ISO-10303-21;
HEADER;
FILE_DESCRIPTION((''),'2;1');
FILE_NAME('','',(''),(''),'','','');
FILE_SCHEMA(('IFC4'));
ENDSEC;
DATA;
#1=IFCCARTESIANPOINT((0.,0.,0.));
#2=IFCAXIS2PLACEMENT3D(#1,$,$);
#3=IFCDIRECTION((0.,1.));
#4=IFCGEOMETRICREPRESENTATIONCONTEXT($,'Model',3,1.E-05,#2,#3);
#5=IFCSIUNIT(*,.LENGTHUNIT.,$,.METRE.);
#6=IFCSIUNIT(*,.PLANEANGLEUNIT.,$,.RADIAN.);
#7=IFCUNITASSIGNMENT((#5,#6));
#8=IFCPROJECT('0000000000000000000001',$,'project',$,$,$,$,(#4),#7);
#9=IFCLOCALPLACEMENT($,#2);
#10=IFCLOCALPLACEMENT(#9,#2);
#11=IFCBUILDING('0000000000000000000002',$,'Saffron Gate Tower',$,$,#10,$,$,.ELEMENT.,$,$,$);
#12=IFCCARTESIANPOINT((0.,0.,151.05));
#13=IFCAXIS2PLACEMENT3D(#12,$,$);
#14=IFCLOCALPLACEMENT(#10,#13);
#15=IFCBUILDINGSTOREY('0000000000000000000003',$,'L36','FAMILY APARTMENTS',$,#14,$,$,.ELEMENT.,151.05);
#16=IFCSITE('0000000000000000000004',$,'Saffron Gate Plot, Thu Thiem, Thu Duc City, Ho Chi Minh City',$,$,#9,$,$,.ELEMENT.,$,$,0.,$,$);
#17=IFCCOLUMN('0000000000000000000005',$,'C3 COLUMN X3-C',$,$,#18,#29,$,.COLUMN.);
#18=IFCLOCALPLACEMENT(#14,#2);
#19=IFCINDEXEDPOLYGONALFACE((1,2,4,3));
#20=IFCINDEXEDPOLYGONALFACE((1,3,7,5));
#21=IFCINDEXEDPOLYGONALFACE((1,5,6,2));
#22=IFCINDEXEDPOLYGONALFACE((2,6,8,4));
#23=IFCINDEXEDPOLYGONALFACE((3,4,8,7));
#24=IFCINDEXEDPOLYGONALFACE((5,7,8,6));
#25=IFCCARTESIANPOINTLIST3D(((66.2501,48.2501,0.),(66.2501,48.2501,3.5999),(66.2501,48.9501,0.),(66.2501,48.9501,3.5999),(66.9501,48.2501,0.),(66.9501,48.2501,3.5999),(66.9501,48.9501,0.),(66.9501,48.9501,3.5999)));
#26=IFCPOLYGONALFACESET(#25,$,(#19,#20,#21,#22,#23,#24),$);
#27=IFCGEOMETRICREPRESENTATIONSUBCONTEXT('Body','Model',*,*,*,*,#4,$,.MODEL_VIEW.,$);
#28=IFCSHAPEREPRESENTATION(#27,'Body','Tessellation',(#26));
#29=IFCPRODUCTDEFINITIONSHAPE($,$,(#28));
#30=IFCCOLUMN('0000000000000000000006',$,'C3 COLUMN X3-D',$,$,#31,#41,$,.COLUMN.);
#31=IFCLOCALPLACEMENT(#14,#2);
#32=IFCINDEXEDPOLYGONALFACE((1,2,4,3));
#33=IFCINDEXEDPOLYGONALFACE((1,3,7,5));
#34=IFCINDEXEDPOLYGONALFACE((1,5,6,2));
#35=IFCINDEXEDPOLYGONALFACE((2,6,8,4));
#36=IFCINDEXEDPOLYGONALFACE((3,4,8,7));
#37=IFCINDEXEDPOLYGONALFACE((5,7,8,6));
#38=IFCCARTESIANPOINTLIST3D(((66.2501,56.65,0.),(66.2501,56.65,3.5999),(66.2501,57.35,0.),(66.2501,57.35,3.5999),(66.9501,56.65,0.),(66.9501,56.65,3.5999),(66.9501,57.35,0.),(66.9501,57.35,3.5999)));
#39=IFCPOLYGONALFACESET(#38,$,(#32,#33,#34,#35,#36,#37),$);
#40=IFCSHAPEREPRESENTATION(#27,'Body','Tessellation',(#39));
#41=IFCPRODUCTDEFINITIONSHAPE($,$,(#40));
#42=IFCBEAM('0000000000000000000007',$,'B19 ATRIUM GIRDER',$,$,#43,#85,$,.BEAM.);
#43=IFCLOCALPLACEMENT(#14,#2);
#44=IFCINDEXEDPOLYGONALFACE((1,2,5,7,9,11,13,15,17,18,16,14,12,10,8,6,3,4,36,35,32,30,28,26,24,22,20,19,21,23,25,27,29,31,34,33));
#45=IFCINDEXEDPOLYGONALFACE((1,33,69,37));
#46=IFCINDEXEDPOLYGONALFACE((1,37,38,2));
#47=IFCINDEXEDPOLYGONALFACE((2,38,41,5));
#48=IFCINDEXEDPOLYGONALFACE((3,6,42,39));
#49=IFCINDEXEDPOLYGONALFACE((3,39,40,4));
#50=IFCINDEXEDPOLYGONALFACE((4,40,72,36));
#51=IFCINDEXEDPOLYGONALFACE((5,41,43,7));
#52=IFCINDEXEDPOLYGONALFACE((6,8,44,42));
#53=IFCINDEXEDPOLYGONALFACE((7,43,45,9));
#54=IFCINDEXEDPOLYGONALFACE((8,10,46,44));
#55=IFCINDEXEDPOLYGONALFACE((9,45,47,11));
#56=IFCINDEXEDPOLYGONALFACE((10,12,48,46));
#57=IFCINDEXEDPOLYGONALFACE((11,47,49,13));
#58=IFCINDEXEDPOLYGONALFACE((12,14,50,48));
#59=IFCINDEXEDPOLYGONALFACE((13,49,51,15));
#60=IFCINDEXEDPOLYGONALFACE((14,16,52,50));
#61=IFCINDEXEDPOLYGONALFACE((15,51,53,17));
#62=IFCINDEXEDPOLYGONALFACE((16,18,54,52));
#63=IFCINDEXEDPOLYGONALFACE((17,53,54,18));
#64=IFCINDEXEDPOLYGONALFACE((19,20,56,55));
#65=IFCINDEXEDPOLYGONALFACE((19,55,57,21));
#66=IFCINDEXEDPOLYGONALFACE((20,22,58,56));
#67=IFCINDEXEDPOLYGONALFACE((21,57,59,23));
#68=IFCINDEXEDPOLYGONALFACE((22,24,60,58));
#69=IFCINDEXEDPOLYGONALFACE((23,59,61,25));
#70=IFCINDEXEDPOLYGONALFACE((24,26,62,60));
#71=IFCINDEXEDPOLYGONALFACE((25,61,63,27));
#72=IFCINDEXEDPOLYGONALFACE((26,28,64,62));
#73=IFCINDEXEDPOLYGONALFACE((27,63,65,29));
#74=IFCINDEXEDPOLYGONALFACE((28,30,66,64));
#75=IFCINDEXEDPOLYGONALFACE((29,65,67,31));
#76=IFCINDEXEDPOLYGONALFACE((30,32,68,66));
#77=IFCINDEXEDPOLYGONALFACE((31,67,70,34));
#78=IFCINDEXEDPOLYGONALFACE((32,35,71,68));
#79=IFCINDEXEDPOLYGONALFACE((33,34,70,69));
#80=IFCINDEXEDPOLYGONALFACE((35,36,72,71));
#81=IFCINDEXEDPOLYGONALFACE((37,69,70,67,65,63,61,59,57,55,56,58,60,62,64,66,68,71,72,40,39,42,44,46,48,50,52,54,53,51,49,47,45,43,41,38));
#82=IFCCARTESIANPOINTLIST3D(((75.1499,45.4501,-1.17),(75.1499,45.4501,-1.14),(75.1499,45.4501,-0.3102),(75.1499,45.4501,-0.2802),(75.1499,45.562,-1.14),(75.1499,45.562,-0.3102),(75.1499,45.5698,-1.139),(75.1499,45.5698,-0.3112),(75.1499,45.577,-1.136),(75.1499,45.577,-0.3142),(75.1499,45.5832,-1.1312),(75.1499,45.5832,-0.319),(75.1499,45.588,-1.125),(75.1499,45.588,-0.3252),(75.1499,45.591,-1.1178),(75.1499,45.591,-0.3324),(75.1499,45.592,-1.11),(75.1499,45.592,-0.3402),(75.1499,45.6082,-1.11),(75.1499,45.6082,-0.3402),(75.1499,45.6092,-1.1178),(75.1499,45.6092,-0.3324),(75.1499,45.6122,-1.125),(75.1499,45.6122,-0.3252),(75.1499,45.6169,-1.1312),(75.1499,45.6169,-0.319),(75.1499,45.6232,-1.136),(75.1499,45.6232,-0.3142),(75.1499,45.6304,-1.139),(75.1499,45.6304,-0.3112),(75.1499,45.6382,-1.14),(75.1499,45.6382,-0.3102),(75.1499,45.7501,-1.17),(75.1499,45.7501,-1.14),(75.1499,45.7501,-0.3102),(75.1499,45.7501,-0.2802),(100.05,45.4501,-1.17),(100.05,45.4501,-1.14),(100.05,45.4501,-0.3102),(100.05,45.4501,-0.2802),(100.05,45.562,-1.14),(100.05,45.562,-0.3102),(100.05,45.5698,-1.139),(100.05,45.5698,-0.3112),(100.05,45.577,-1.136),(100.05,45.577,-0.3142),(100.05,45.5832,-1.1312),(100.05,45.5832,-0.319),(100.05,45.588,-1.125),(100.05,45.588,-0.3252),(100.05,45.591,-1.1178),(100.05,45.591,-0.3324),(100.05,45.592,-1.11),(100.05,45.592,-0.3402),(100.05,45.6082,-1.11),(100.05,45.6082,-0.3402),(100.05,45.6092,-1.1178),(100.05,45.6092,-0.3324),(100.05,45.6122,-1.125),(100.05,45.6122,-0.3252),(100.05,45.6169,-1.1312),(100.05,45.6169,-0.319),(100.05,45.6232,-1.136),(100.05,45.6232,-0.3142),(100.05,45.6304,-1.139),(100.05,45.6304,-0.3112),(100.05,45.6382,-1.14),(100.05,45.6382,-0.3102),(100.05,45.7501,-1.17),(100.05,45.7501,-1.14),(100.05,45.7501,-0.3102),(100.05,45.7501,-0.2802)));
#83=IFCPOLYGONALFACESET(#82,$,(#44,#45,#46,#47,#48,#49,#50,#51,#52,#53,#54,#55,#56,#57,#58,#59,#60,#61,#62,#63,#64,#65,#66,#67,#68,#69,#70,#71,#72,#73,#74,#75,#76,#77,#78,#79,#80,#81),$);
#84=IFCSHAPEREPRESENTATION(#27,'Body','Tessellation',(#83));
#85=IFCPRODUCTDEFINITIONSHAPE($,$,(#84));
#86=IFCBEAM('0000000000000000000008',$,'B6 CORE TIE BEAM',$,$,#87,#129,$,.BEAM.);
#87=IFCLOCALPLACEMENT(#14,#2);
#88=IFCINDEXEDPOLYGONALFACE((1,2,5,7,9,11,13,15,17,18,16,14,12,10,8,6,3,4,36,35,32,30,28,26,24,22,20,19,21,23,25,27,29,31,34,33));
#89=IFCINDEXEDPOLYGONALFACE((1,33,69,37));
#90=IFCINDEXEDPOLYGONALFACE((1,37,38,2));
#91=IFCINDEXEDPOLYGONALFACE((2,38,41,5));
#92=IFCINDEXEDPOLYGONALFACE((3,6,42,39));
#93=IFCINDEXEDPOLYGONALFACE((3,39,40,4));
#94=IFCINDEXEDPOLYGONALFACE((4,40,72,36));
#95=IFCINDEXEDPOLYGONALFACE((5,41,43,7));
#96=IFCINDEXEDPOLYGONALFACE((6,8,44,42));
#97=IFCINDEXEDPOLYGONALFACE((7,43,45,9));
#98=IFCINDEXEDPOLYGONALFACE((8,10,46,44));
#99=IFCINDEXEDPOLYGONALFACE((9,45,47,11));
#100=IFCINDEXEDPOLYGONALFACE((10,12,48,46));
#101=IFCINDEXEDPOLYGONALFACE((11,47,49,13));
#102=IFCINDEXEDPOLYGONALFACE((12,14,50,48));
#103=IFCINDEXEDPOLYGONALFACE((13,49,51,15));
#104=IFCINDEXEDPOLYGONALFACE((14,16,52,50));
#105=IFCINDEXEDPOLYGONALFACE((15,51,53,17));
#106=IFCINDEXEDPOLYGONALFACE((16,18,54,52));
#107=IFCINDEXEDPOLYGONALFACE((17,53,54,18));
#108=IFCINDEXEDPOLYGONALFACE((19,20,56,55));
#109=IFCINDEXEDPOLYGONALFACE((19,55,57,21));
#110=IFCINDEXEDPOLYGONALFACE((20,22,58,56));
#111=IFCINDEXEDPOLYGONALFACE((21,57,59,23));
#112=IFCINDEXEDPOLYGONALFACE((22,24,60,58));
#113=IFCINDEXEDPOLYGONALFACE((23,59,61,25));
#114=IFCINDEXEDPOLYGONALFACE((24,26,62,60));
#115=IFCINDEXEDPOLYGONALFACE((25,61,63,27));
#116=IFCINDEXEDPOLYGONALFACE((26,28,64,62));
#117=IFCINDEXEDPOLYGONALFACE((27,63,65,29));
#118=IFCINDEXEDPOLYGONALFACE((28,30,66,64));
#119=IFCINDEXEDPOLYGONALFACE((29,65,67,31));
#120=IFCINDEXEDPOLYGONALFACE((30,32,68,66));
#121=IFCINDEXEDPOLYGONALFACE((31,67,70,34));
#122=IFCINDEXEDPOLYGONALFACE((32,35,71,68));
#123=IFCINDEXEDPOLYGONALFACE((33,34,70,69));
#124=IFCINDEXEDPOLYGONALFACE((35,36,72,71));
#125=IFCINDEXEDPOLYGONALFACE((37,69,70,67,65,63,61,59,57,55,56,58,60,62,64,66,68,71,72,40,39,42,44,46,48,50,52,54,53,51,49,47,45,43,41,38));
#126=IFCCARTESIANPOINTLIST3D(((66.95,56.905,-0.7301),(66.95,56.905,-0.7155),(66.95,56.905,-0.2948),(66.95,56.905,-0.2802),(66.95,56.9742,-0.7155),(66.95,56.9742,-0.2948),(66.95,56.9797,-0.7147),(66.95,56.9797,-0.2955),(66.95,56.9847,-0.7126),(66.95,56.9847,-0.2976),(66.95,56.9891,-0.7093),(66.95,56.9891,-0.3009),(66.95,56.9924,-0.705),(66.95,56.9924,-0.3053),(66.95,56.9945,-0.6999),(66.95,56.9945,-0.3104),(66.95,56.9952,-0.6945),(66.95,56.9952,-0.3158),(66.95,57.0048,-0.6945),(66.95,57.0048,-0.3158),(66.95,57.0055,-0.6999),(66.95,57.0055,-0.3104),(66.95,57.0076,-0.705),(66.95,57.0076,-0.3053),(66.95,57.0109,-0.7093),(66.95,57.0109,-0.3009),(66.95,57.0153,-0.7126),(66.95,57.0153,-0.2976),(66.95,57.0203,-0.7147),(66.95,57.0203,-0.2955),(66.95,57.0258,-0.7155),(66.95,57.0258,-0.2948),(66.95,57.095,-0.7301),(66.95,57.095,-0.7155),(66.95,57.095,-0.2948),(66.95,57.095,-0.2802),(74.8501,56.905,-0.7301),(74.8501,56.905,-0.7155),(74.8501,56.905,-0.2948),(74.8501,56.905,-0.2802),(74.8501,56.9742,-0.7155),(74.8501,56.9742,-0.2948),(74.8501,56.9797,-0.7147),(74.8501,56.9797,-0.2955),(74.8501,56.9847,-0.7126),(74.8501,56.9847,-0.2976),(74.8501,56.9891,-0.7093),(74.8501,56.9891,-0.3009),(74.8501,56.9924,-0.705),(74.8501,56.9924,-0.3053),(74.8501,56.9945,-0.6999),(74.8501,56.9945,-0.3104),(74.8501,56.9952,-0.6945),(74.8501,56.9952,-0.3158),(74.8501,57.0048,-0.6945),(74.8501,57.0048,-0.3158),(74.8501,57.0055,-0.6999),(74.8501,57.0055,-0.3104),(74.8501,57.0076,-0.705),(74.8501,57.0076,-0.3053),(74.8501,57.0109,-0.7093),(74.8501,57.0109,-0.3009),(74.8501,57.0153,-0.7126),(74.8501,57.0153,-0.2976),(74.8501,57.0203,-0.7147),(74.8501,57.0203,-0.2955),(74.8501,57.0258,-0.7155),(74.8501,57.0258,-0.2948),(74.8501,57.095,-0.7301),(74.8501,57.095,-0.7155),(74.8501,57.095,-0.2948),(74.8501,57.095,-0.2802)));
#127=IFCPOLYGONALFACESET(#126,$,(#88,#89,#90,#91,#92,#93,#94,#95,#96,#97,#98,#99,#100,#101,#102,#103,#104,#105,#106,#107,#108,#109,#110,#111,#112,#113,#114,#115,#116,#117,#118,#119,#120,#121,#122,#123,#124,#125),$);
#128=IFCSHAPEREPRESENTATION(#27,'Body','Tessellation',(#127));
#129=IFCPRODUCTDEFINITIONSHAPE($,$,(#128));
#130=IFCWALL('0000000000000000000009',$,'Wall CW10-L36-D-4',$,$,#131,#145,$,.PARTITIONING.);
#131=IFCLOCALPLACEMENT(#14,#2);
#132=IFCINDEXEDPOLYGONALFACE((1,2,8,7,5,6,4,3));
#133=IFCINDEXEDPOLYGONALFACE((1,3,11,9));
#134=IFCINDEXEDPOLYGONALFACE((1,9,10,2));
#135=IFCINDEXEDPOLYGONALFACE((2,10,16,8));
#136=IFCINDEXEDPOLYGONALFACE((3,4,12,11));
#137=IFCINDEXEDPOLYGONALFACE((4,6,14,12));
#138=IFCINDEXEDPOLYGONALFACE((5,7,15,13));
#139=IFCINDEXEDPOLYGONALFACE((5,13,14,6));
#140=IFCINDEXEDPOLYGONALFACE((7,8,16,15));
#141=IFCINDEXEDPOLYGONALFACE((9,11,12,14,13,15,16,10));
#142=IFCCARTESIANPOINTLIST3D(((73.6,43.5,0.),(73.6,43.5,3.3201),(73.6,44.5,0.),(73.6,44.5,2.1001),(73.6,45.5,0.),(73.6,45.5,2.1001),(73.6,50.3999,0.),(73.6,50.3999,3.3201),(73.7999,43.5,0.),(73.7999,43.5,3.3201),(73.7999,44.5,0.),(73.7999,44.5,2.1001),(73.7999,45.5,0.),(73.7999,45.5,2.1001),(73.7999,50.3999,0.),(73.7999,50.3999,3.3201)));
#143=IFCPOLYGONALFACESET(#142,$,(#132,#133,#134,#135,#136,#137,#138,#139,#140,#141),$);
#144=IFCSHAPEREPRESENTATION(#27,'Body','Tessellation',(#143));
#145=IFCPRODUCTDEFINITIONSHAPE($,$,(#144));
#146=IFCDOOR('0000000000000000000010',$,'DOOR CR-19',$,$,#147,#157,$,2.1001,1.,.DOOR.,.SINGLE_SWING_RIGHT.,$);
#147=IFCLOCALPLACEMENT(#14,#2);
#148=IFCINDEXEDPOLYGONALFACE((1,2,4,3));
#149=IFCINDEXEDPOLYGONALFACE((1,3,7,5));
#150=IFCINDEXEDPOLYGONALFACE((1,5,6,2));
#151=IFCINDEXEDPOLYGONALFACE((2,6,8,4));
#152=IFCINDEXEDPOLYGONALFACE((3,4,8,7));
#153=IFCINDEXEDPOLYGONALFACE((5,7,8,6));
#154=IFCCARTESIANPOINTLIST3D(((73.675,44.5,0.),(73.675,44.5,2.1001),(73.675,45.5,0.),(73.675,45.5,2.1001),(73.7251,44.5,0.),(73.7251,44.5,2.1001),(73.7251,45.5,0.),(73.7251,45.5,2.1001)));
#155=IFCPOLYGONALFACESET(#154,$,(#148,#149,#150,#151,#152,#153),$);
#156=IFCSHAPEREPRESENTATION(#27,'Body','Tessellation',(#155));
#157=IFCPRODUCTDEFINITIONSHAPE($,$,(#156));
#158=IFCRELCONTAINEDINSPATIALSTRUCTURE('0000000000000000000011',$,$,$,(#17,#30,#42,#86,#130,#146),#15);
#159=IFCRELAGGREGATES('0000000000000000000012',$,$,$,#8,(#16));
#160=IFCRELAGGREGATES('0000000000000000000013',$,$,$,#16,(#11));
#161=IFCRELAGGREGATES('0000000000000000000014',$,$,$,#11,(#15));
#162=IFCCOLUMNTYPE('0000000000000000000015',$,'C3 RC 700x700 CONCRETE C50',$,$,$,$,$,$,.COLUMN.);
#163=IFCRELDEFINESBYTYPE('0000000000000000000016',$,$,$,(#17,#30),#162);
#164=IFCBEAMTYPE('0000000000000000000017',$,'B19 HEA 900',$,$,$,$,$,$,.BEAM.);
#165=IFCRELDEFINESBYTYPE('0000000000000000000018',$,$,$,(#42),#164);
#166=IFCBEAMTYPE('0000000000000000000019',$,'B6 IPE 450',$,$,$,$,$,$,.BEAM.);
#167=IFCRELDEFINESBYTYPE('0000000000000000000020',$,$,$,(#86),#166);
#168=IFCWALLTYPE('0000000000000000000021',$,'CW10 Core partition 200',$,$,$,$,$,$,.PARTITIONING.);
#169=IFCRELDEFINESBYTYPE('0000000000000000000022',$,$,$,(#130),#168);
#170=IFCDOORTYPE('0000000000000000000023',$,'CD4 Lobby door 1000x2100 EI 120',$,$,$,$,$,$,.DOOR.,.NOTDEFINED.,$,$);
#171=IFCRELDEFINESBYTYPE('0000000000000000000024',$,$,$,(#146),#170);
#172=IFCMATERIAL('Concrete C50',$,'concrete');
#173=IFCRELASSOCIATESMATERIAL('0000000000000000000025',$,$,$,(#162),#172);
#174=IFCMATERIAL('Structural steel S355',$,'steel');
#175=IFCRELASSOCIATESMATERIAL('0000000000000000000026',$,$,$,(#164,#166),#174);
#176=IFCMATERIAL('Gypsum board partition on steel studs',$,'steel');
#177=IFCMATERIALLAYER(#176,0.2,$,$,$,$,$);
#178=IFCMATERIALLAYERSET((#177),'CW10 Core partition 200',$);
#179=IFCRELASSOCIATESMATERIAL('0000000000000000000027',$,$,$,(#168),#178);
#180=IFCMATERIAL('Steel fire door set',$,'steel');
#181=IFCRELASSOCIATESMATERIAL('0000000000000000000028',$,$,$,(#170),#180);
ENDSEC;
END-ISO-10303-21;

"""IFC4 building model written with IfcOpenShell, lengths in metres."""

from ifc_helpers import new_model, si_unit, direction, frame, frame_2d, origin, origin_2d, place, context, subcontext, project, spatial, rectangle, i_section, extrude, material, layer, layer_set, material_profile, profile_set, type_object, element, fill, save


model = new_model("IFC4")

# Units and contexts
model_context = context("Model", 3, precision=1e-05, world=origin(), true_north=direction((0.0, 1.0)))
body_context = subcontext(model_context, "Body", "Model", "MODEL_VIEW")
ifc_project = project(units=[si_unit("LENGTHUNIT", "METRE"), si_unit("PLANEANGLEUNIT", "RADIAN")], contexts=[model_context])

# Site, building, storey
site_placement = place(None, origin())
site = spatial("IfcSite", under=ifc_project, at=site_placement, Name="Saffron Gate Plot, Thu Thiem, Thu Duc City, Ho Chi Minh City", CompositionType="ELEMENT", RefElevation=0.0)
building_placement = place(site_placement, origin())
building = spatial("IfcBuilding", under=site, at=building_placement, Name="Saffron Gate Tower", CompositionType="ELEMENT")
storey_placement = place(building_placement, frame((0.0, 0.0, 151.05)))
storey = spatial("IfcBuildingStorey", under=building, at=storey_placement, Name="L36", Description="FAMILY APARTMENTS", CompositionType="ELEMENT", Elevation=151.05)

# Columns
ifc_material_1 = material(Name="Concrete C50", Category="concrete")
ifc_material_profile_1 = material_profile(ifc_material_1, rectangle(XDim=0.7, YDim=0.7, at=origin_2d()))
ifc_profile_set_1 = profile_set([ifc_material_profile_1], Name="Concrete C50")
column_type = type_object("IfcColumnType", Name="C3 RC 700x700 CONCRETE C50", PredefinedType="COLUMN", material=ifc_profile_set_1)
for number, where, z_axis, x_axis, name in (
    (1, (66.6001, 48.6001, 0.0), (0.0, 0.0, 1.0), (1.0, 0.0, 0.0), "C3 COLUMN X3-C"),
    (2, (66.6001, 57.0, 0.0), (0.0, 0.0, 1.0), (1.0, 0.0, 0.0), "C3 COLUMN X3-D"),
):
    element("IfcColumn", number, at=place(storey_placement, frame(where, z_axis=z_axis, x_axis=x_axis)), inside=storey, type_object=column_type, Name=name, PredefinedType="COLUMN", context=body_context, shape_type="SweptSolid", body=[
        extrude(rectangle(XDim=0.7, YDim=0.7, at=origin_2d()), origin(), (0.0, 0.0, 1.0), 3.5999),
    ])

# Beams
ifc_material_2 = material(Name="Structural steel S355", Category="steel")
ifc_material_profile_2 = material_profile(ifc_material_2, i_section(OverallWidth=0.3, OverallDepth=0.8899, WebThickness=0.0161, FlangeThickness=0.03, FilletRadius=0.03, at=origin_2d()))
ifc_profile_set_2 = profile_set([ifc_material_profile_2], Name="Structural steel S355")
beam_type_1 = type_object("IfcBeamType", Name="B19 HEA 900", PredefinedType="BEAM", material=ifc_profile_set_2)
beam_1_placement = place(storey_placement, frame((75.1499, 45.6001, -0.7251), z_axis=(1.0, 0.0, 0.0), x_axis=(0.0, 1.0, 0.0)))
element("IfcBeam", 3, at=beam_1_placement, inside=storey, type_object=beam_type_1, Name="B19 ATRIUM GIRDER", PredefinedType="BEAM", context=body_context, shape_type="SweptSolid", body=[
    extrude(i_section(OverallWidth=0.3, OverallDepth=0.8899, WebThickness=0.0161, FlangeThickness=0.03, FilletRadius=0.03, at=origin_2d()), origin(), (0.0, 0.0, 1.0), 24.9001),
])
ifc_material_profile_3 = material_profile(ifc_material_2, i_section(OverallWidth=0.1899, OverallDepth=0.45, WebThickness=0.0095, FlangeThickness=0.0146, FilletRadius=0.021, at=origin_2d()))
ifc_profile_set_3 = profile_set([ifc_material_profile_3], Name="Structural steel S355")
beam_type_2 = type_object("IfcBeamType", Name="B6 IPE 450", PredefinedType="BEAM", material=ifc_profile_set_3)
beam_2_placement = place(storey_placement, frame((66.95, 57.0, -0.5051), z_axis=(1.0, 0.0, 0.0), x_axis=(0.0, 1.0, 0.0)))
element("IfcBeam", 4, at=beam_2_placement, inside=storey, type_object=beam_type_2, Name="B6 CORE TIE BEAM", PredefinedType="BEAM", context=body_context, shape_type="SweptSolid", body=[
    extrude(i_section(OverallWidth=0.1899, OverallDepth=0.45, WebThickness=0.0095, FlangeThickness=0.0146, FilletRadius=0.021, at=origin_2d()), origin(), (0.0, 0.0, 1.0), 7.9001),
])

# Wall, opening, door
ifc_material_3 = material(Name="Gypsum board partition on steel studs", Category="steel")
ifc_layer_1 = layer(ifc_material_3, 0.2)
ifc_layer_set_1 = layer_set([ifc_layer_1], Name="CW10 Core partition 200")
wall_type_1 = type_object("IfcWallType", Name="CW10 Core partition 200", PredefinedType="PARTITIONING", material=ifc_layer_set_1)
wall_1_placement = place(storey_placement, frame((73.7, 43.5, 0.0), z_axis=(0.0, 0.0, 1.0), x_axis=(0.0, 1.0, 0.0)))
wall_1 = element("IfcWall", 5, at=wall_1_placement, inside=storey, type_object=wall_type_1, Name="Wall CW10-L36-D-4", PredefinedType="PARTITIONING", context=body_context, shape_type="SweptSolid", body=[
    extrude(rectangle(XDim=6.8999, YDim=0.2, at=frame_2d((3.45, 0.0))), origin(), (0.0, 0.0, 1.0), 3.3201),
])
opening_1_placement = place(wall_1_placement, frame((1.0, 0.0, 0.0)))
opening_1 = element("IfcOpeningElement", 6, at=opening_1_placement, cuts=wall_1, PredefinedType="OPENING", context=body_context, shape_type="SweptSolid", body=[
    extrude(rectangle(XDim=1.0, YDim=2.1001, at=frame_2d((0.5, 1.05))), frame((0.0, 0.1099, 0.0), z_axis=(0.0, -1.0, 0.0), x_axis=(1.0, 0.0, 0.0)), (0.0, 0.0, 1.0), 0.22),
])
ifc_material_4 = material(Name="Steel fire door set", Category="steel")
door_type_1 = type_object("IfcDoorType", Name="CD4 Lobby door 1000x2100 EI 120", OperationType="NOTDEFINED", PredefinedType="DOOR", material=ifc_material_4)
door_1_placement = place(opening_1_placement, origin())
door_1 = element("IfcDoor", 7, at=door_1_placement, inside=storey, type_object=door_type_1, Name="DOOR CR-19", OperationType="SINGLE_SWING_RIGHT", OverallHeight=2.1001, OverallWidth=1.0, PredefinedType="DOOR", context=body_context, shape_type="SweptSolid", body=[
    extrude(rectangle(XDim=1.0, YDim=2.1001, at=frame_2d((0.5, 1.05))), frame((0.0, 0.0249, 0.0), z_axis=(0.0, -1.0, 0.0), x_axis=(1.0, 0.0, 0.0)), (0.0, 0.0, 1.0), 0.05),
])
fill(opening_1, door_1)

save(model, "model.ifc")
